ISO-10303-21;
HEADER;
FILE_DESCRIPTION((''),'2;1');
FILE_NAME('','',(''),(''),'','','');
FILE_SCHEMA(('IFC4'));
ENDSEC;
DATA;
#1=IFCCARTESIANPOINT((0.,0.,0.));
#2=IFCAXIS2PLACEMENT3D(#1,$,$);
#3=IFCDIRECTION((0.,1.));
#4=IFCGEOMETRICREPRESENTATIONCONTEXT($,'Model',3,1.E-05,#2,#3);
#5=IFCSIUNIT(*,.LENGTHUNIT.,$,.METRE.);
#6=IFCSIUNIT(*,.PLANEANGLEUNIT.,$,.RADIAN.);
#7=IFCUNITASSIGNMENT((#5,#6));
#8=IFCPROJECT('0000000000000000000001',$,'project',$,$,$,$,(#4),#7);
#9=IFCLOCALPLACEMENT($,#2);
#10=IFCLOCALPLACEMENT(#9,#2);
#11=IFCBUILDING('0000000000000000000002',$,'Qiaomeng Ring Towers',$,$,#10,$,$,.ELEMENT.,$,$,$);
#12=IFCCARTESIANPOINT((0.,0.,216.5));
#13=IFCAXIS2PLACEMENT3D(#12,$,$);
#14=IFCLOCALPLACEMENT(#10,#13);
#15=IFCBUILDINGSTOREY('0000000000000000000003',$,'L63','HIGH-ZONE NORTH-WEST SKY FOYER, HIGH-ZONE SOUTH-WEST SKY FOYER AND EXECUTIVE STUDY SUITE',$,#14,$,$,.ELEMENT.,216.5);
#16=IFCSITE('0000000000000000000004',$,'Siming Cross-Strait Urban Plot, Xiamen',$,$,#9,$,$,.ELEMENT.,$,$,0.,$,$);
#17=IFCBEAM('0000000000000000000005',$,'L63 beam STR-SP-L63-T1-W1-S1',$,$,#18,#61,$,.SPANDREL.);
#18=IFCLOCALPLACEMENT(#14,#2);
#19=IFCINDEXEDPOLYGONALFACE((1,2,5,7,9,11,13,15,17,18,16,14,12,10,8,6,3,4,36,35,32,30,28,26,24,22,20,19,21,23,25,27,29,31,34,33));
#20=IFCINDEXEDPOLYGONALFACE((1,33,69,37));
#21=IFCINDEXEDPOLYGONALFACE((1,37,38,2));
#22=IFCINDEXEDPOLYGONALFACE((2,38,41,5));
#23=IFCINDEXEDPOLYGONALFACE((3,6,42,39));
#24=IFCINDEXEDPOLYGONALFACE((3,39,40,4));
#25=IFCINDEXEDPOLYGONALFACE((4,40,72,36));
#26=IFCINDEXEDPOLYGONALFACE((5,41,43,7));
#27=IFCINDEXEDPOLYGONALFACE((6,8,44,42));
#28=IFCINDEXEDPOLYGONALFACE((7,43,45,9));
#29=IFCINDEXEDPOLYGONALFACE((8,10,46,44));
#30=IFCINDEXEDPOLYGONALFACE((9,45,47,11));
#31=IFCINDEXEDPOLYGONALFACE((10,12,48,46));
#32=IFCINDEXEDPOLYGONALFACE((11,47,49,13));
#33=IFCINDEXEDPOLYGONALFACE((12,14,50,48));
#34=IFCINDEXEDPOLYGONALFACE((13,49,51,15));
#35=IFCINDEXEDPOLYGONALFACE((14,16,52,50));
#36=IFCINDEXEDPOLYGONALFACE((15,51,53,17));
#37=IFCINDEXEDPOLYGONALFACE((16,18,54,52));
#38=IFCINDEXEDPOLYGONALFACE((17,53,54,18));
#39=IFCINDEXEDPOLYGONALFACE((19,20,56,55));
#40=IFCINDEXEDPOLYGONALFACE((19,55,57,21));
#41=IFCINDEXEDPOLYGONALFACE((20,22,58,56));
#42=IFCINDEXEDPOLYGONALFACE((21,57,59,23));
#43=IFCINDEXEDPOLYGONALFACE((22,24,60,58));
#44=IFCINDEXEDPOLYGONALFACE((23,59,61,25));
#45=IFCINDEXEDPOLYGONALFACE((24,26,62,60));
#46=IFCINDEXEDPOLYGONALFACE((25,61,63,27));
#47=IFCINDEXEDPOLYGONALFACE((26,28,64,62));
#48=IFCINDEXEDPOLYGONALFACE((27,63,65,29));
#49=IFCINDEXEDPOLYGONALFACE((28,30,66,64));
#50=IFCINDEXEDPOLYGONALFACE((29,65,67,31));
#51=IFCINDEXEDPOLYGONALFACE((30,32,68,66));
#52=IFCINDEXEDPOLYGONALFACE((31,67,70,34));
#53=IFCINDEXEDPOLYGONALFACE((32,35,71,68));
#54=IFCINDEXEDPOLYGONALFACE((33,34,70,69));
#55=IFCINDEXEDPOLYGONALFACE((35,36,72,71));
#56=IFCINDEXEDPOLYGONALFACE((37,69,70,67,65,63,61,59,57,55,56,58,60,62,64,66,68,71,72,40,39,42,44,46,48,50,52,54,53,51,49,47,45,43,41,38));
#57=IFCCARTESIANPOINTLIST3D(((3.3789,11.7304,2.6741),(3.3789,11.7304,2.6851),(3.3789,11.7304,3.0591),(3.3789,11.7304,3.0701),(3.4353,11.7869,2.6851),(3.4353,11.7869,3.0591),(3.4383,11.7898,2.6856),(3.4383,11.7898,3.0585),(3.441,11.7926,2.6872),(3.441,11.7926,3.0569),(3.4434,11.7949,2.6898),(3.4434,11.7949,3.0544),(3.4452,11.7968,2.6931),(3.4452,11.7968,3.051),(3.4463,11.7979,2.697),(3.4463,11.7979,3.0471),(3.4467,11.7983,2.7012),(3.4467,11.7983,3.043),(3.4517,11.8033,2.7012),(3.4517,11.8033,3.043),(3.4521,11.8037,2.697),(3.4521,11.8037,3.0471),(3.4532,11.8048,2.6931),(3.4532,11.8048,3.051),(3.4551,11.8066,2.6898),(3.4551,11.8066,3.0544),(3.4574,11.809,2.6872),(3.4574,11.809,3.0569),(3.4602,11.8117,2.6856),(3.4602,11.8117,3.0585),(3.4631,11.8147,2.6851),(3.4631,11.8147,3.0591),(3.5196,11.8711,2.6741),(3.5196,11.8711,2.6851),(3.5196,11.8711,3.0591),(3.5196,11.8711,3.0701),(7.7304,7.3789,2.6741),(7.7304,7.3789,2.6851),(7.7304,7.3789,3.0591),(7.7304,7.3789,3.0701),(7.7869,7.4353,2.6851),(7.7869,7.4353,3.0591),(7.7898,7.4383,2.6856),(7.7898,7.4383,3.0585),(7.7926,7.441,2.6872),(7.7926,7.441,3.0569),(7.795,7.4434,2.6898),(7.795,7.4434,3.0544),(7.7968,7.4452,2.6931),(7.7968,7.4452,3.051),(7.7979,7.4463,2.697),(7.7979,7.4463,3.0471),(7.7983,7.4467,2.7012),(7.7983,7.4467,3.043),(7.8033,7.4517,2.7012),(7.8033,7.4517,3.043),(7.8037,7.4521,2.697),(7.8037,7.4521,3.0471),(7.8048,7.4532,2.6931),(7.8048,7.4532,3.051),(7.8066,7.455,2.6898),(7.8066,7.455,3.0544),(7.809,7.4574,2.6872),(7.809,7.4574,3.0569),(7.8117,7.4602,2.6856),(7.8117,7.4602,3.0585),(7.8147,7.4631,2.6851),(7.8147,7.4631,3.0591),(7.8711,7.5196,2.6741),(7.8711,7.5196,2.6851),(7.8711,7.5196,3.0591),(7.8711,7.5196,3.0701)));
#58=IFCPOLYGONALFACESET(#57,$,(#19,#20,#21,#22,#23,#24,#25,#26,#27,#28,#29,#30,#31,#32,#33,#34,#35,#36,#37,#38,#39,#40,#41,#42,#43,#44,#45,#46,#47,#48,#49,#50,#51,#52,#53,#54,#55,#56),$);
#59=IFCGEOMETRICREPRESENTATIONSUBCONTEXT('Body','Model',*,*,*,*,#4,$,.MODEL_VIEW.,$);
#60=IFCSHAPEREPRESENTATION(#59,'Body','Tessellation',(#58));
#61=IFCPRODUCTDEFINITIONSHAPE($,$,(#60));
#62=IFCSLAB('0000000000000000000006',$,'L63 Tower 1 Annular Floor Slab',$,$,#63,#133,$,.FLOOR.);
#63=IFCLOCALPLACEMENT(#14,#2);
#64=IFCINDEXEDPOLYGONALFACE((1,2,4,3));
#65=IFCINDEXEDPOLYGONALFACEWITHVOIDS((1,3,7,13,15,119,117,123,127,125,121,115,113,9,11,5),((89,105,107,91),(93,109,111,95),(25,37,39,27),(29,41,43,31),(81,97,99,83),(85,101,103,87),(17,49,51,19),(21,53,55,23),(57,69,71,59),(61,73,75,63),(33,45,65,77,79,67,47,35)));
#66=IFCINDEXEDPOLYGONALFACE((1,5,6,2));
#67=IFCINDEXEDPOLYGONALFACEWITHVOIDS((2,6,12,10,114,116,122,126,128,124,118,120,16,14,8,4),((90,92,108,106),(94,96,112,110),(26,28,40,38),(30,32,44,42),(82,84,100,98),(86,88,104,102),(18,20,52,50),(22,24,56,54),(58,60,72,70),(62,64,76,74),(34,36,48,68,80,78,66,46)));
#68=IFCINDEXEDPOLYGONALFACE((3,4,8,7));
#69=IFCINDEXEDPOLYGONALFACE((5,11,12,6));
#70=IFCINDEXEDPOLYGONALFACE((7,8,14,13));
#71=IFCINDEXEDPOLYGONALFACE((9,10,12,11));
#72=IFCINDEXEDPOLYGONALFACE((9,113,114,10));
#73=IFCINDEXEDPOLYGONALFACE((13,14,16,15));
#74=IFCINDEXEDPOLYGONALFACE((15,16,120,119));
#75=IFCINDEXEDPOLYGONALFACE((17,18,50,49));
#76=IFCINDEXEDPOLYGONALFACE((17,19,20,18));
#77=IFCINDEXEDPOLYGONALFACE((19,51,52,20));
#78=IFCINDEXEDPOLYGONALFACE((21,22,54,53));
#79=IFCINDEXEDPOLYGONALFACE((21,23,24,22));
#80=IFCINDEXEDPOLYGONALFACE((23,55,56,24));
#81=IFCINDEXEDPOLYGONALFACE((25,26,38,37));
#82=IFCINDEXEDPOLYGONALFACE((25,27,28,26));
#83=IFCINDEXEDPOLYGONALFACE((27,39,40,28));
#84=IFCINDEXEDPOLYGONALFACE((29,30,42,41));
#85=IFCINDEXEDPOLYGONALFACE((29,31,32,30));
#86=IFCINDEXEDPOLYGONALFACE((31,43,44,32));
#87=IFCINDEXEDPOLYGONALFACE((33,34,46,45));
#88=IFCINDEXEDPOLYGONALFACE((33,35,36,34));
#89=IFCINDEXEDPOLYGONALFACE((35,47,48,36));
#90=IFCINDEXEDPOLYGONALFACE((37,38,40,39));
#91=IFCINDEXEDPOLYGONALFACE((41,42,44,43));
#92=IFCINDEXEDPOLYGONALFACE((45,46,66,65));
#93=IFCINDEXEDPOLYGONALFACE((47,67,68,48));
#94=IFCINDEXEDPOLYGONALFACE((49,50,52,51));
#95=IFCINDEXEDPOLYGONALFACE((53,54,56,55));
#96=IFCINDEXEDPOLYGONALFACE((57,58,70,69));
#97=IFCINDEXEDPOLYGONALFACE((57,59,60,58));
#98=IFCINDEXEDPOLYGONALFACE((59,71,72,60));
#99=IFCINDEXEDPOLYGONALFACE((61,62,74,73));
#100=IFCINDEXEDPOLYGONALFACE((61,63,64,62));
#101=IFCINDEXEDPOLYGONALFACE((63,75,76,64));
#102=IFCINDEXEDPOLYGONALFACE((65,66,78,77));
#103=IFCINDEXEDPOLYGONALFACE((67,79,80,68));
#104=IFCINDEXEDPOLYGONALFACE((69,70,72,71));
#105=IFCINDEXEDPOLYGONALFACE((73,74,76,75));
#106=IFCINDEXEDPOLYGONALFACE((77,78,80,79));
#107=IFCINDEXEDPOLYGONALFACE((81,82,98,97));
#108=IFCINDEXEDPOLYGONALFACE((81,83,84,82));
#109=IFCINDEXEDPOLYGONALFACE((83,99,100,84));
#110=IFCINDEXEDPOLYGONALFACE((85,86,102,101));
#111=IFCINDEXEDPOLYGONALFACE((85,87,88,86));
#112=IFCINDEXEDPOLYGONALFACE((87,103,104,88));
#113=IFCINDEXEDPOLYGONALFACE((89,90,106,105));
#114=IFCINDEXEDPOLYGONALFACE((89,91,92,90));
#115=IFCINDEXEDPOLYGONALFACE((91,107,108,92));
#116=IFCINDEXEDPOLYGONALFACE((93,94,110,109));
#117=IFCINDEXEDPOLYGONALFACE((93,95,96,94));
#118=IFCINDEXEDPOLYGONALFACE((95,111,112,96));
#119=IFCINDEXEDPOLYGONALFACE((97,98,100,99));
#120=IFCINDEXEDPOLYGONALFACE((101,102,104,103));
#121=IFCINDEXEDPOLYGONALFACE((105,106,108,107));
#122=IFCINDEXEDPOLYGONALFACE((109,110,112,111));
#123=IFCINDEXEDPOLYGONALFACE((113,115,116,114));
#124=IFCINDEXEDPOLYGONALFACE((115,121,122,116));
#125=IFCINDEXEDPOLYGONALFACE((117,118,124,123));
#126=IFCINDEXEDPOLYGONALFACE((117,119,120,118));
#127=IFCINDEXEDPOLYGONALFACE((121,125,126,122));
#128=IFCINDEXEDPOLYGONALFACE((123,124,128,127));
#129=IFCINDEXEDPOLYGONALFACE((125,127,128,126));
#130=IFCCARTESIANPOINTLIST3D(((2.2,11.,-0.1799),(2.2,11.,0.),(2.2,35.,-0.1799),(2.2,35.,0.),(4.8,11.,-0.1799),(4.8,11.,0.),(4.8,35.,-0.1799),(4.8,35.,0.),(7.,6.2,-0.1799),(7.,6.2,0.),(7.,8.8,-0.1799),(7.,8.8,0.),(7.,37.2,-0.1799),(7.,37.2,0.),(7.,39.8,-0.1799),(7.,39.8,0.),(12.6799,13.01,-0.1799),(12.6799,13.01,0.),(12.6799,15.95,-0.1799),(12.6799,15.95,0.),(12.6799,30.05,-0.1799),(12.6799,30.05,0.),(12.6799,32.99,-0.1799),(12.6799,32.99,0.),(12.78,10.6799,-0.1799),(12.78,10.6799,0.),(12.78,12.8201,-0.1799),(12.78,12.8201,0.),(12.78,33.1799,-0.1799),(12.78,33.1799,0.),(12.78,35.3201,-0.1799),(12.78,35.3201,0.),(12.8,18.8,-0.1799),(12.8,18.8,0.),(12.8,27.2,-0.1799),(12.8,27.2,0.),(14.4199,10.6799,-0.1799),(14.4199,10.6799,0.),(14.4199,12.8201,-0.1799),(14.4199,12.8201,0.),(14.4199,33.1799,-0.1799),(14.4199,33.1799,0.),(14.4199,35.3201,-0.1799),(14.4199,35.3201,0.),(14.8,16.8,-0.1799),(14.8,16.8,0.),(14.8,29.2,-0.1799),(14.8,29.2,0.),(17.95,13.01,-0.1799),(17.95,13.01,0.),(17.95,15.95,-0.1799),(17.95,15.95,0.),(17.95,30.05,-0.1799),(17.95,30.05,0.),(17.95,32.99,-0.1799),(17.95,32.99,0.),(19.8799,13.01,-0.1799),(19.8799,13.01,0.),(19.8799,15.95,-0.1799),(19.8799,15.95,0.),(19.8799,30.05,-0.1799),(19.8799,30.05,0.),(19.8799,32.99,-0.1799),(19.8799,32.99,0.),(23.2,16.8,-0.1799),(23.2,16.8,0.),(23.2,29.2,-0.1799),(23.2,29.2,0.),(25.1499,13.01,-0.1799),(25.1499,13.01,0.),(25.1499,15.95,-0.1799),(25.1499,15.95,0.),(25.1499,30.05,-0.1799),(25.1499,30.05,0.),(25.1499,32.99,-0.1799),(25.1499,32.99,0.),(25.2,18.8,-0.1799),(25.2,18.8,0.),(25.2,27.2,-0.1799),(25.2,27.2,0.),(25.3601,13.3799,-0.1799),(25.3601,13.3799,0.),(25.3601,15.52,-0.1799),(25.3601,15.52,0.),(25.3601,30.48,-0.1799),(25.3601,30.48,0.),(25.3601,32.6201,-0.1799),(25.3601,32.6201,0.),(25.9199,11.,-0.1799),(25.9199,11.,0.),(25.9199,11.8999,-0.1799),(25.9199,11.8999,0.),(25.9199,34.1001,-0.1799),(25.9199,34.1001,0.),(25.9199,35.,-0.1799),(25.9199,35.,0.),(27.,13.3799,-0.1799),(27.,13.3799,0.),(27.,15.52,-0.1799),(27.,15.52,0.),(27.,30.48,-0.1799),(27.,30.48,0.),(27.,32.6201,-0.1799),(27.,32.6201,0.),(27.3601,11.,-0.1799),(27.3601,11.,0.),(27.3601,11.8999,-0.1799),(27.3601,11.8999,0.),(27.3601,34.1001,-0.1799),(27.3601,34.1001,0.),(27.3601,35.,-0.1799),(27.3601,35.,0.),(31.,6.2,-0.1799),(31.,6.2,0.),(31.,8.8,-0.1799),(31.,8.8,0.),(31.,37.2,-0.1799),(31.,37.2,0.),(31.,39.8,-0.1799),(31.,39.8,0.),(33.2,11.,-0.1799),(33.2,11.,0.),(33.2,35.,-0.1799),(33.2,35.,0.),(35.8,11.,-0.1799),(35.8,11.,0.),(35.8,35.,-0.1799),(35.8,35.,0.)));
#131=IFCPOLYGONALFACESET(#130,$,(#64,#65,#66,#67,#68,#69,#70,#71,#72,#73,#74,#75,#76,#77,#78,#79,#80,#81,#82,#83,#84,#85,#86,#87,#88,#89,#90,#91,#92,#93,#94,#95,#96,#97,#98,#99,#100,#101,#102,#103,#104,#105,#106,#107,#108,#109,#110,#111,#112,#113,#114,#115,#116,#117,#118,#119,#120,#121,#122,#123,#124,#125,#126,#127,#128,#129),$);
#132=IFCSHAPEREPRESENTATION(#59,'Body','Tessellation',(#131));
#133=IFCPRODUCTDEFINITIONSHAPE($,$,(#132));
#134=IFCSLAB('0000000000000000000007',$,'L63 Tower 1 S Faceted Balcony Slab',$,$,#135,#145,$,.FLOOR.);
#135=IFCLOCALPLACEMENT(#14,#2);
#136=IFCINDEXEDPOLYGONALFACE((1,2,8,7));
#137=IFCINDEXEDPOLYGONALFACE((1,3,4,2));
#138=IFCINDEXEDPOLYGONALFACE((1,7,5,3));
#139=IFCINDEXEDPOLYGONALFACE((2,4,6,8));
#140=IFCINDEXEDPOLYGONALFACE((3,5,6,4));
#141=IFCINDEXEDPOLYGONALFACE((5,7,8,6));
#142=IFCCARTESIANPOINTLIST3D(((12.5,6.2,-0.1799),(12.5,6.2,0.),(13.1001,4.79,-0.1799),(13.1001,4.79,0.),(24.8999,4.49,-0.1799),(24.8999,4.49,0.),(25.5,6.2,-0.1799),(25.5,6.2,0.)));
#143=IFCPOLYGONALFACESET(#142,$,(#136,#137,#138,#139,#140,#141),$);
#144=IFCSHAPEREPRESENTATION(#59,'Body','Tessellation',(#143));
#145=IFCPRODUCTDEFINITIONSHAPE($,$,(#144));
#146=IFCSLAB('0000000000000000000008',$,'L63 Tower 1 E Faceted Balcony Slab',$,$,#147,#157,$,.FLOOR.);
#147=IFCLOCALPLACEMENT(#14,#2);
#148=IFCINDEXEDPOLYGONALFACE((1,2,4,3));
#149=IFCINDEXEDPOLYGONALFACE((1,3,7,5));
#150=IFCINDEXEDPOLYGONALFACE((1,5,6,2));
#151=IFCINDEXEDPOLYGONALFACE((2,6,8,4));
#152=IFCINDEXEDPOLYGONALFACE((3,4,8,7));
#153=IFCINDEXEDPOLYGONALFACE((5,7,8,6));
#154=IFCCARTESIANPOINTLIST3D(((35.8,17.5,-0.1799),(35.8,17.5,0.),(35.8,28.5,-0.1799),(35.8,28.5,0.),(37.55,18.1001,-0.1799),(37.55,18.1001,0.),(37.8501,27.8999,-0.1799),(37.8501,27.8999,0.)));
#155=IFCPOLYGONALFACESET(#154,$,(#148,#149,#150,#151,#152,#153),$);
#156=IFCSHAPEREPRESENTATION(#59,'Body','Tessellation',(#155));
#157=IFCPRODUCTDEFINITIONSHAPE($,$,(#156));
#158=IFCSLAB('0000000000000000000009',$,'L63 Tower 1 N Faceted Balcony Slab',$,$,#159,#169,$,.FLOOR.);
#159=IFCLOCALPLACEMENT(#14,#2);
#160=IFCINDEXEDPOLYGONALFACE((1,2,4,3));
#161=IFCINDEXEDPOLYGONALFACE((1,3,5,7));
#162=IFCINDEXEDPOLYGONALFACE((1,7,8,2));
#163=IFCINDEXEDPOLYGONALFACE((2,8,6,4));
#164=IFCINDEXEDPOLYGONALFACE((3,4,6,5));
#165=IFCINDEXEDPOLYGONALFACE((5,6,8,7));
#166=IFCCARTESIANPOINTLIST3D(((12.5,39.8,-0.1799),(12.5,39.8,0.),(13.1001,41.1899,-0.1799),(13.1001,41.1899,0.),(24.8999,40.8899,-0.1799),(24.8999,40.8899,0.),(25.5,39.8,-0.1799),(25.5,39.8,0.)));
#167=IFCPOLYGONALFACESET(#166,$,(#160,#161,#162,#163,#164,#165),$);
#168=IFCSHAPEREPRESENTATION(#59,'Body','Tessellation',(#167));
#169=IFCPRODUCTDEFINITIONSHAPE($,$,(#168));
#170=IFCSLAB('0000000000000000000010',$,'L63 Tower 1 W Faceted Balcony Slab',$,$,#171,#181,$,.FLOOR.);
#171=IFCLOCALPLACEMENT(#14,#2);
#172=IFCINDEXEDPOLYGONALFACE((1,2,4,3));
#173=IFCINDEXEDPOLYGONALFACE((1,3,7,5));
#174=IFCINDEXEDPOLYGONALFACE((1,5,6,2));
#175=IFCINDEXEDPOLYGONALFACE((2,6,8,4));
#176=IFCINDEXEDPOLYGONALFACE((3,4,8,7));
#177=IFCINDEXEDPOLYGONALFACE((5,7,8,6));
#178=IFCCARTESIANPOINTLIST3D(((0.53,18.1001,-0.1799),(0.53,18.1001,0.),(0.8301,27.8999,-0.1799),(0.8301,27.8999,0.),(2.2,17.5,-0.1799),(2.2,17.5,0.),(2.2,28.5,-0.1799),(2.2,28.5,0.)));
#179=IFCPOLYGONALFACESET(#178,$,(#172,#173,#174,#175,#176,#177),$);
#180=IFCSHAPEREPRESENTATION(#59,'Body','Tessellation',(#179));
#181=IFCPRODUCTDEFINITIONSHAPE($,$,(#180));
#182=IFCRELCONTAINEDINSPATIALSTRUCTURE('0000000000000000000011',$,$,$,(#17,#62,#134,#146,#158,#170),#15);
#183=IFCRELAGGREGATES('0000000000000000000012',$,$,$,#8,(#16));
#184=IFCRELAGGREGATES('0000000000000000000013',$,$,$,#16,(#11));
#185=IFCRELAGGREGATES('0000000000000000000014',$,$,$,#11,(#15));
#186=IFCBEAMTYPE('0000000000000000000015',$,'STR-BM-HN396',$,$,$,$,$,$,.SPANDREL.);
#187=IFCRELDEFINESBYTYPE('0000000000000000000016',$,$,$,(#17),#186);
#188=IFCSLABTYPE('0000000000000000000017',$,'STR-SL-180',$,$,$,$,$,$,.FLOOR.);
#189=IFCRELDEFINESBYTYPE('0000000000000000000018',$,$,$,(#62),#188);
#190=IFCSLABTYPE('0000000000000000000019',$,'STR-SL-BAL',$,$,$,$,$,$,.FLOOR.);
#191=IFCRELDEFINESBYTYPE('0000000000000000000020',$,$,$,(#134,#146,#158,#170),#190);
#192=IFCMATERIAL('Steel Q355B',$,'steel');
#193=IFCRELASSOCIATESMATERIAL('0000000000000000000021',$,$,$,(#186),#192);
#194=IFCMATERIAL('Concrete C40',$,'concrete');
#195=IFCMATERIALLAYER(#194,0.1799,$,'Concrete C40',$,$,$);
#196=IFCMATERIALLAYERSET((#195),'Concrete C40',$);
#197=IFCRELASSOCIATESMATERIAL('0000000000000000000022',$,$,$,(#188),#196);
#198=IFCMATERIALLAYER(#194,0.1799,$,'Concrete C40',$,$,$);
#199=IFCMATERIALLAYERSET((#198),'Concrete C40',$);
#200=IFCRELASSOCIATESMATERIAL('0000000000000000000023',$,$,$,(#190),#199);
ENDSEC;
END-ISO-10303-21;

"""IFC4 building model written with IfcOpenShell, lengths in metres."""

from ifc_helpers import new_model, si_unit, direction, frame, origin, origin_2d, place, context, subcontext, project, spatial, polyline, i_section, outline, extrude, source, transform, mapped, material, layer, layer_set, material_profile, profile_set, type_object, element, save


model = new_model("IFC4")

# Units and contexts
model_context = context("Model", 3, precision=1e-05, world=origin(), true_north=direction((0.0, 1.0)))
body_context = subcontext(model_context, "Body", "Model", "MODEL_VIEW")
ifc_project = project(units=[si_unit("LENGTHUNIT", "METRE"), si_unit("PLANEANGLEUNIT", "RADIAN")], contexts=[model_context])

# Site, building, storey
site_placement = place(None, origin())
site = spatial("IfcSite", under=ifc_project, at=site_placement, Name="Siming Cross-Strait Urban Plot, Xiamen", CompositionType="ELEMENT", RefElevation=0.0)
building_placement = place(site_placement, origin())
building = spatial("IfcBuilding", under=site, at=building_placement, Name="Qiaomeng Ring Towers", CompositionType="ELEMENT")
storey_placement = place(building_placement, frame((0.0, 0.0, 216.5)))
storey = spatial("IfcBuildingStorey", under=building, at=storey_placement, Name="L63", Description="HIGH-ZONE NORTH-WEST SKY FOYER, HIGH-ZONE SOUTH-WEST SKY FOYER AND EXECUTIVE STUDY SUITE", CompositionType="ELEMENT", Elevation=216.5)

# Beam
ifc_material_1 = material(Name="Steel Q355B", Category="steel")
ifc_material_profile = material_profile(ifc_material_1, i_section(OverallWidth=0.199, OverallDepth=0.396, WebThickness=0.0071, FlangeThickness=0.011, FilletRadius=0.0161, at=origin_2d()), Name="HN 396x199x7x11")
ifc_profile_set = profile_set([ifc_material_profile], Name="Steel Q355B")
beam_type = type_object("IfcBeamType", Name="STR-BM-HN396", PredefinedType="SPANDREL", material=ifc_profile_set)
shared_shape_1 = source(origin(), body_context, "Body", "SweptSolid", [
    extrude(i_section(OverallWidth=0.199, OverallDepth=0.396, WebThickness=0.0071, FlangeThickness=0.011, FilletRadius=0.0161, at=origin_2d()), origin(), (0.0, 0.0, 1.0), 6.1541),
])
beam_placement = place(storey_placement, frame((3.4492, 11.8008, 2.8721), z_axis=(0.707107, -0.707107, 0.0), x_axis=(0.707107, 0.707107, 0.0)))
element("IfcBeam", 1, at=beam_placement, inside=storey, type_object=beam_type, Name="L63 beam STR-SP-L63-T1-W1-S1", PredefinedType="SPANDREL", context=body_context, shape_type="MappedRepresentation", body=[
    mapped(shared_shape_1, transform((0.0, 0.0, 0.0), x_axis=(1.0, 0.0, 0.0), y_axis=(0.0, 1.0, 0.0), z_axis=(0.0, 0.0, 1.0), scale=1.0)),
])

# Slabs
ifc_material_2 = material(Name="Concrete C40", Category="concrete")
ifc_layer_1 = layer(ifc_material_2, 0.1799, Name="Concrete C40")
ifc_layer_set_1 = layer_set([ifc_layer_1], Name="Concrete C40")
slab_type_1 = type_object("IfcSlabType", Name="STR-SL-180", PredefinedType="FLOOR", material=ifc_layer_set_1)
slab_1_placement = place(storey_placement, frame((0.0, 0.0, -0.1799)))
element("IfcSlab", 2, at=slab_1_placement, inside=storey, type_object=slab_type_1, Name="L63 Tower 1 Annular Floor Slab", PredefinedType="FLOOR", context=body_context, shape_type="SweptSolid", body=[
    extrude(outline(polyline([(7.0, 6.2), (31.0, 6.2), (31.0, 8.8), (33.2, 11.0), (35.8, 11.0), (35.8, 35.0), (33.2, 35.0), (31.0, 37.2), (31.0, 39.8), (7.0, 39.8), (7.0, 37.2), (4.8, 35.0), (2.2, 35.0), (2.2, 11.0), (4.8, 11.0), (7.0, 8.8), (7.0, 6.2)]), holes=[polyline([(12.78, 10.6799), (12.78, 12.8201), (14.4199, 12.8201), (14.4199, 10.6799), (12.78, 10.6799)]), polyline([(12.6799, 13.01), (12.6799, 15.95), (17.95, 15.95), (17.95, 13.01), (12.6799, 13.01)]), polyline([(23.2, 29.2), (25.2, 27.2), (25.2, 18.8), (23.2, 16.8), (14.8, 16.8), (12.8, 18.8), (12.8, 27.2), (14.8, 29.2), (23.2, 29.2)]), polyline([(12.6799, 32.99), (17.95, 32.99), (17.95, 30.05), (12.6799, 30.05), (12.6799, 32.99)]), polyline([(19.8799, 32.99), (25.1499, 32.99), (25.1499, 30.05), (19.8799, 30.05), (19.8799, 32.99)]), polyline([(12.78, 33.1799), (12.78, 35.3201), (14.4199, 35.3201), (14.4199, 33.1799), (12.78, 33.1799)]), polyline([(25.9199, 11.8999), (27.3601, 11.8999), (27.3601, 11.0), (25.9199, 11.0), (25.9199, 11.8999)]), polyline([(25.3601, 15.52), (27.0, 15.52), (27.0, 13.3799), (25.3601, 13.3799), (25.3601, 15.52)]), polyline([(19.8799, 13.01), (19.8799, 15.95), (25.1499, 15.95), (25.1499, 13.01), (19.8799, 13.01)]), polyline([(25.3601, 32.6201), (27.0, 32.6201), (27.0, 30.48), (25.3601, 30.48), (25.3601, 32.6201)]), polyline([(25.9199, 35.0), (27.3601, 35.0), (27.3601, 34.1001), (25.9199, 34.1001), (25.9199, 35.0)])]), origin(), (0.0, 0.0, 1.0), 0.1799),
])
ifc_layer_2 = layer(ifc_material_2, 0.1799, Name="Concrete C40")
ifc_layer_set_2 = layer_set([ifc_layer_2], Name="Concrete C40")
slab_type_2 = type_object("IfcSlabType", Name="STR-SL-BAL", PredefinedType="FLOOR", material=ifc_layer_set_2)
slab_2_placement = place(storey_placement, frame((0.0, 0.0, -0.1799)))
element("IfcSlab", 3, at=slab_2_placement, inside=storey, type_object=slab_type_2, Name="L63 Tower 1 S Faceted Balcony Slab", PredefinedType="FLOOR", context=body_context, shape_type="SweptSolid", body=[
    extrude(outline(polyline([(25.5, 6.2), (24.8999, 4.49), (13.1001, 4.79), (12.5, 6.2), (25.5, 6.2)])), origin(), (0.0, 0.0, 1.0), 0.1799),
])
slab_3_placement = place(storey_placement, frame((0.0, 0.0, -0.1799)))
element("IfcSlab", 4, at=slab_3_placement, inside=storey, type_object=slab_type_2, Name="L63 Tower 1 E Faceted Balcony Slab", PredefinedType="FLOOR", context=body_context, shape_type="SweptSolid", body=[
    extrude(outline(polyline([(37.8501, 27.8999), (37.55, 18.1001), (35.8, 17.5), (35.8, 28.5), (37.8501, 27.8999)])), origin(), (0.0, 0.0, 1.0), 0.1799),
])
slab_4_placement = place(storey_placement, frame((0.0, 0.0, -0.1799)))
element("IfcSlab", 5, at=slab_4_placement, inside=storey, type_object=slab_type_2, Name="L63 Tower 1 N Faceted Balcony Slab", PredefinedType="FLOOR", context=body_context, shape_type="SweptSolid", body=[
    extrude(outline(polyline([(12.5, 39.8), (13.1001, 41.1899), (24.8999, 40.8899), (25.5, 39.8), (12.5, 39.8)])), origin(), (0.0, 0.0, 1.0), 0.1799),
])
slab_5_placement = place(storey_placement, frame((0.0, 0.0, -0.1799)))
element("IfcSlab", 6, at=slab_5_placement, inside=storey, type_object=slab_type_2, Name="L63 Tower 1 W Faceted Balcony Slab", PredefinedType="FLOOR", context=body_context, shape_type="SweptSolid", body=[
    extrude(outline(polyline([(0.53, 18.1001), (0.8301, 27.8999), (2.2, 28.5), (2.2, 17.5), (0.53, 18.1001)])), origin(), (0.0, 0.0, 1.0), 0.1799),
])

save(model, "model.ifc")
